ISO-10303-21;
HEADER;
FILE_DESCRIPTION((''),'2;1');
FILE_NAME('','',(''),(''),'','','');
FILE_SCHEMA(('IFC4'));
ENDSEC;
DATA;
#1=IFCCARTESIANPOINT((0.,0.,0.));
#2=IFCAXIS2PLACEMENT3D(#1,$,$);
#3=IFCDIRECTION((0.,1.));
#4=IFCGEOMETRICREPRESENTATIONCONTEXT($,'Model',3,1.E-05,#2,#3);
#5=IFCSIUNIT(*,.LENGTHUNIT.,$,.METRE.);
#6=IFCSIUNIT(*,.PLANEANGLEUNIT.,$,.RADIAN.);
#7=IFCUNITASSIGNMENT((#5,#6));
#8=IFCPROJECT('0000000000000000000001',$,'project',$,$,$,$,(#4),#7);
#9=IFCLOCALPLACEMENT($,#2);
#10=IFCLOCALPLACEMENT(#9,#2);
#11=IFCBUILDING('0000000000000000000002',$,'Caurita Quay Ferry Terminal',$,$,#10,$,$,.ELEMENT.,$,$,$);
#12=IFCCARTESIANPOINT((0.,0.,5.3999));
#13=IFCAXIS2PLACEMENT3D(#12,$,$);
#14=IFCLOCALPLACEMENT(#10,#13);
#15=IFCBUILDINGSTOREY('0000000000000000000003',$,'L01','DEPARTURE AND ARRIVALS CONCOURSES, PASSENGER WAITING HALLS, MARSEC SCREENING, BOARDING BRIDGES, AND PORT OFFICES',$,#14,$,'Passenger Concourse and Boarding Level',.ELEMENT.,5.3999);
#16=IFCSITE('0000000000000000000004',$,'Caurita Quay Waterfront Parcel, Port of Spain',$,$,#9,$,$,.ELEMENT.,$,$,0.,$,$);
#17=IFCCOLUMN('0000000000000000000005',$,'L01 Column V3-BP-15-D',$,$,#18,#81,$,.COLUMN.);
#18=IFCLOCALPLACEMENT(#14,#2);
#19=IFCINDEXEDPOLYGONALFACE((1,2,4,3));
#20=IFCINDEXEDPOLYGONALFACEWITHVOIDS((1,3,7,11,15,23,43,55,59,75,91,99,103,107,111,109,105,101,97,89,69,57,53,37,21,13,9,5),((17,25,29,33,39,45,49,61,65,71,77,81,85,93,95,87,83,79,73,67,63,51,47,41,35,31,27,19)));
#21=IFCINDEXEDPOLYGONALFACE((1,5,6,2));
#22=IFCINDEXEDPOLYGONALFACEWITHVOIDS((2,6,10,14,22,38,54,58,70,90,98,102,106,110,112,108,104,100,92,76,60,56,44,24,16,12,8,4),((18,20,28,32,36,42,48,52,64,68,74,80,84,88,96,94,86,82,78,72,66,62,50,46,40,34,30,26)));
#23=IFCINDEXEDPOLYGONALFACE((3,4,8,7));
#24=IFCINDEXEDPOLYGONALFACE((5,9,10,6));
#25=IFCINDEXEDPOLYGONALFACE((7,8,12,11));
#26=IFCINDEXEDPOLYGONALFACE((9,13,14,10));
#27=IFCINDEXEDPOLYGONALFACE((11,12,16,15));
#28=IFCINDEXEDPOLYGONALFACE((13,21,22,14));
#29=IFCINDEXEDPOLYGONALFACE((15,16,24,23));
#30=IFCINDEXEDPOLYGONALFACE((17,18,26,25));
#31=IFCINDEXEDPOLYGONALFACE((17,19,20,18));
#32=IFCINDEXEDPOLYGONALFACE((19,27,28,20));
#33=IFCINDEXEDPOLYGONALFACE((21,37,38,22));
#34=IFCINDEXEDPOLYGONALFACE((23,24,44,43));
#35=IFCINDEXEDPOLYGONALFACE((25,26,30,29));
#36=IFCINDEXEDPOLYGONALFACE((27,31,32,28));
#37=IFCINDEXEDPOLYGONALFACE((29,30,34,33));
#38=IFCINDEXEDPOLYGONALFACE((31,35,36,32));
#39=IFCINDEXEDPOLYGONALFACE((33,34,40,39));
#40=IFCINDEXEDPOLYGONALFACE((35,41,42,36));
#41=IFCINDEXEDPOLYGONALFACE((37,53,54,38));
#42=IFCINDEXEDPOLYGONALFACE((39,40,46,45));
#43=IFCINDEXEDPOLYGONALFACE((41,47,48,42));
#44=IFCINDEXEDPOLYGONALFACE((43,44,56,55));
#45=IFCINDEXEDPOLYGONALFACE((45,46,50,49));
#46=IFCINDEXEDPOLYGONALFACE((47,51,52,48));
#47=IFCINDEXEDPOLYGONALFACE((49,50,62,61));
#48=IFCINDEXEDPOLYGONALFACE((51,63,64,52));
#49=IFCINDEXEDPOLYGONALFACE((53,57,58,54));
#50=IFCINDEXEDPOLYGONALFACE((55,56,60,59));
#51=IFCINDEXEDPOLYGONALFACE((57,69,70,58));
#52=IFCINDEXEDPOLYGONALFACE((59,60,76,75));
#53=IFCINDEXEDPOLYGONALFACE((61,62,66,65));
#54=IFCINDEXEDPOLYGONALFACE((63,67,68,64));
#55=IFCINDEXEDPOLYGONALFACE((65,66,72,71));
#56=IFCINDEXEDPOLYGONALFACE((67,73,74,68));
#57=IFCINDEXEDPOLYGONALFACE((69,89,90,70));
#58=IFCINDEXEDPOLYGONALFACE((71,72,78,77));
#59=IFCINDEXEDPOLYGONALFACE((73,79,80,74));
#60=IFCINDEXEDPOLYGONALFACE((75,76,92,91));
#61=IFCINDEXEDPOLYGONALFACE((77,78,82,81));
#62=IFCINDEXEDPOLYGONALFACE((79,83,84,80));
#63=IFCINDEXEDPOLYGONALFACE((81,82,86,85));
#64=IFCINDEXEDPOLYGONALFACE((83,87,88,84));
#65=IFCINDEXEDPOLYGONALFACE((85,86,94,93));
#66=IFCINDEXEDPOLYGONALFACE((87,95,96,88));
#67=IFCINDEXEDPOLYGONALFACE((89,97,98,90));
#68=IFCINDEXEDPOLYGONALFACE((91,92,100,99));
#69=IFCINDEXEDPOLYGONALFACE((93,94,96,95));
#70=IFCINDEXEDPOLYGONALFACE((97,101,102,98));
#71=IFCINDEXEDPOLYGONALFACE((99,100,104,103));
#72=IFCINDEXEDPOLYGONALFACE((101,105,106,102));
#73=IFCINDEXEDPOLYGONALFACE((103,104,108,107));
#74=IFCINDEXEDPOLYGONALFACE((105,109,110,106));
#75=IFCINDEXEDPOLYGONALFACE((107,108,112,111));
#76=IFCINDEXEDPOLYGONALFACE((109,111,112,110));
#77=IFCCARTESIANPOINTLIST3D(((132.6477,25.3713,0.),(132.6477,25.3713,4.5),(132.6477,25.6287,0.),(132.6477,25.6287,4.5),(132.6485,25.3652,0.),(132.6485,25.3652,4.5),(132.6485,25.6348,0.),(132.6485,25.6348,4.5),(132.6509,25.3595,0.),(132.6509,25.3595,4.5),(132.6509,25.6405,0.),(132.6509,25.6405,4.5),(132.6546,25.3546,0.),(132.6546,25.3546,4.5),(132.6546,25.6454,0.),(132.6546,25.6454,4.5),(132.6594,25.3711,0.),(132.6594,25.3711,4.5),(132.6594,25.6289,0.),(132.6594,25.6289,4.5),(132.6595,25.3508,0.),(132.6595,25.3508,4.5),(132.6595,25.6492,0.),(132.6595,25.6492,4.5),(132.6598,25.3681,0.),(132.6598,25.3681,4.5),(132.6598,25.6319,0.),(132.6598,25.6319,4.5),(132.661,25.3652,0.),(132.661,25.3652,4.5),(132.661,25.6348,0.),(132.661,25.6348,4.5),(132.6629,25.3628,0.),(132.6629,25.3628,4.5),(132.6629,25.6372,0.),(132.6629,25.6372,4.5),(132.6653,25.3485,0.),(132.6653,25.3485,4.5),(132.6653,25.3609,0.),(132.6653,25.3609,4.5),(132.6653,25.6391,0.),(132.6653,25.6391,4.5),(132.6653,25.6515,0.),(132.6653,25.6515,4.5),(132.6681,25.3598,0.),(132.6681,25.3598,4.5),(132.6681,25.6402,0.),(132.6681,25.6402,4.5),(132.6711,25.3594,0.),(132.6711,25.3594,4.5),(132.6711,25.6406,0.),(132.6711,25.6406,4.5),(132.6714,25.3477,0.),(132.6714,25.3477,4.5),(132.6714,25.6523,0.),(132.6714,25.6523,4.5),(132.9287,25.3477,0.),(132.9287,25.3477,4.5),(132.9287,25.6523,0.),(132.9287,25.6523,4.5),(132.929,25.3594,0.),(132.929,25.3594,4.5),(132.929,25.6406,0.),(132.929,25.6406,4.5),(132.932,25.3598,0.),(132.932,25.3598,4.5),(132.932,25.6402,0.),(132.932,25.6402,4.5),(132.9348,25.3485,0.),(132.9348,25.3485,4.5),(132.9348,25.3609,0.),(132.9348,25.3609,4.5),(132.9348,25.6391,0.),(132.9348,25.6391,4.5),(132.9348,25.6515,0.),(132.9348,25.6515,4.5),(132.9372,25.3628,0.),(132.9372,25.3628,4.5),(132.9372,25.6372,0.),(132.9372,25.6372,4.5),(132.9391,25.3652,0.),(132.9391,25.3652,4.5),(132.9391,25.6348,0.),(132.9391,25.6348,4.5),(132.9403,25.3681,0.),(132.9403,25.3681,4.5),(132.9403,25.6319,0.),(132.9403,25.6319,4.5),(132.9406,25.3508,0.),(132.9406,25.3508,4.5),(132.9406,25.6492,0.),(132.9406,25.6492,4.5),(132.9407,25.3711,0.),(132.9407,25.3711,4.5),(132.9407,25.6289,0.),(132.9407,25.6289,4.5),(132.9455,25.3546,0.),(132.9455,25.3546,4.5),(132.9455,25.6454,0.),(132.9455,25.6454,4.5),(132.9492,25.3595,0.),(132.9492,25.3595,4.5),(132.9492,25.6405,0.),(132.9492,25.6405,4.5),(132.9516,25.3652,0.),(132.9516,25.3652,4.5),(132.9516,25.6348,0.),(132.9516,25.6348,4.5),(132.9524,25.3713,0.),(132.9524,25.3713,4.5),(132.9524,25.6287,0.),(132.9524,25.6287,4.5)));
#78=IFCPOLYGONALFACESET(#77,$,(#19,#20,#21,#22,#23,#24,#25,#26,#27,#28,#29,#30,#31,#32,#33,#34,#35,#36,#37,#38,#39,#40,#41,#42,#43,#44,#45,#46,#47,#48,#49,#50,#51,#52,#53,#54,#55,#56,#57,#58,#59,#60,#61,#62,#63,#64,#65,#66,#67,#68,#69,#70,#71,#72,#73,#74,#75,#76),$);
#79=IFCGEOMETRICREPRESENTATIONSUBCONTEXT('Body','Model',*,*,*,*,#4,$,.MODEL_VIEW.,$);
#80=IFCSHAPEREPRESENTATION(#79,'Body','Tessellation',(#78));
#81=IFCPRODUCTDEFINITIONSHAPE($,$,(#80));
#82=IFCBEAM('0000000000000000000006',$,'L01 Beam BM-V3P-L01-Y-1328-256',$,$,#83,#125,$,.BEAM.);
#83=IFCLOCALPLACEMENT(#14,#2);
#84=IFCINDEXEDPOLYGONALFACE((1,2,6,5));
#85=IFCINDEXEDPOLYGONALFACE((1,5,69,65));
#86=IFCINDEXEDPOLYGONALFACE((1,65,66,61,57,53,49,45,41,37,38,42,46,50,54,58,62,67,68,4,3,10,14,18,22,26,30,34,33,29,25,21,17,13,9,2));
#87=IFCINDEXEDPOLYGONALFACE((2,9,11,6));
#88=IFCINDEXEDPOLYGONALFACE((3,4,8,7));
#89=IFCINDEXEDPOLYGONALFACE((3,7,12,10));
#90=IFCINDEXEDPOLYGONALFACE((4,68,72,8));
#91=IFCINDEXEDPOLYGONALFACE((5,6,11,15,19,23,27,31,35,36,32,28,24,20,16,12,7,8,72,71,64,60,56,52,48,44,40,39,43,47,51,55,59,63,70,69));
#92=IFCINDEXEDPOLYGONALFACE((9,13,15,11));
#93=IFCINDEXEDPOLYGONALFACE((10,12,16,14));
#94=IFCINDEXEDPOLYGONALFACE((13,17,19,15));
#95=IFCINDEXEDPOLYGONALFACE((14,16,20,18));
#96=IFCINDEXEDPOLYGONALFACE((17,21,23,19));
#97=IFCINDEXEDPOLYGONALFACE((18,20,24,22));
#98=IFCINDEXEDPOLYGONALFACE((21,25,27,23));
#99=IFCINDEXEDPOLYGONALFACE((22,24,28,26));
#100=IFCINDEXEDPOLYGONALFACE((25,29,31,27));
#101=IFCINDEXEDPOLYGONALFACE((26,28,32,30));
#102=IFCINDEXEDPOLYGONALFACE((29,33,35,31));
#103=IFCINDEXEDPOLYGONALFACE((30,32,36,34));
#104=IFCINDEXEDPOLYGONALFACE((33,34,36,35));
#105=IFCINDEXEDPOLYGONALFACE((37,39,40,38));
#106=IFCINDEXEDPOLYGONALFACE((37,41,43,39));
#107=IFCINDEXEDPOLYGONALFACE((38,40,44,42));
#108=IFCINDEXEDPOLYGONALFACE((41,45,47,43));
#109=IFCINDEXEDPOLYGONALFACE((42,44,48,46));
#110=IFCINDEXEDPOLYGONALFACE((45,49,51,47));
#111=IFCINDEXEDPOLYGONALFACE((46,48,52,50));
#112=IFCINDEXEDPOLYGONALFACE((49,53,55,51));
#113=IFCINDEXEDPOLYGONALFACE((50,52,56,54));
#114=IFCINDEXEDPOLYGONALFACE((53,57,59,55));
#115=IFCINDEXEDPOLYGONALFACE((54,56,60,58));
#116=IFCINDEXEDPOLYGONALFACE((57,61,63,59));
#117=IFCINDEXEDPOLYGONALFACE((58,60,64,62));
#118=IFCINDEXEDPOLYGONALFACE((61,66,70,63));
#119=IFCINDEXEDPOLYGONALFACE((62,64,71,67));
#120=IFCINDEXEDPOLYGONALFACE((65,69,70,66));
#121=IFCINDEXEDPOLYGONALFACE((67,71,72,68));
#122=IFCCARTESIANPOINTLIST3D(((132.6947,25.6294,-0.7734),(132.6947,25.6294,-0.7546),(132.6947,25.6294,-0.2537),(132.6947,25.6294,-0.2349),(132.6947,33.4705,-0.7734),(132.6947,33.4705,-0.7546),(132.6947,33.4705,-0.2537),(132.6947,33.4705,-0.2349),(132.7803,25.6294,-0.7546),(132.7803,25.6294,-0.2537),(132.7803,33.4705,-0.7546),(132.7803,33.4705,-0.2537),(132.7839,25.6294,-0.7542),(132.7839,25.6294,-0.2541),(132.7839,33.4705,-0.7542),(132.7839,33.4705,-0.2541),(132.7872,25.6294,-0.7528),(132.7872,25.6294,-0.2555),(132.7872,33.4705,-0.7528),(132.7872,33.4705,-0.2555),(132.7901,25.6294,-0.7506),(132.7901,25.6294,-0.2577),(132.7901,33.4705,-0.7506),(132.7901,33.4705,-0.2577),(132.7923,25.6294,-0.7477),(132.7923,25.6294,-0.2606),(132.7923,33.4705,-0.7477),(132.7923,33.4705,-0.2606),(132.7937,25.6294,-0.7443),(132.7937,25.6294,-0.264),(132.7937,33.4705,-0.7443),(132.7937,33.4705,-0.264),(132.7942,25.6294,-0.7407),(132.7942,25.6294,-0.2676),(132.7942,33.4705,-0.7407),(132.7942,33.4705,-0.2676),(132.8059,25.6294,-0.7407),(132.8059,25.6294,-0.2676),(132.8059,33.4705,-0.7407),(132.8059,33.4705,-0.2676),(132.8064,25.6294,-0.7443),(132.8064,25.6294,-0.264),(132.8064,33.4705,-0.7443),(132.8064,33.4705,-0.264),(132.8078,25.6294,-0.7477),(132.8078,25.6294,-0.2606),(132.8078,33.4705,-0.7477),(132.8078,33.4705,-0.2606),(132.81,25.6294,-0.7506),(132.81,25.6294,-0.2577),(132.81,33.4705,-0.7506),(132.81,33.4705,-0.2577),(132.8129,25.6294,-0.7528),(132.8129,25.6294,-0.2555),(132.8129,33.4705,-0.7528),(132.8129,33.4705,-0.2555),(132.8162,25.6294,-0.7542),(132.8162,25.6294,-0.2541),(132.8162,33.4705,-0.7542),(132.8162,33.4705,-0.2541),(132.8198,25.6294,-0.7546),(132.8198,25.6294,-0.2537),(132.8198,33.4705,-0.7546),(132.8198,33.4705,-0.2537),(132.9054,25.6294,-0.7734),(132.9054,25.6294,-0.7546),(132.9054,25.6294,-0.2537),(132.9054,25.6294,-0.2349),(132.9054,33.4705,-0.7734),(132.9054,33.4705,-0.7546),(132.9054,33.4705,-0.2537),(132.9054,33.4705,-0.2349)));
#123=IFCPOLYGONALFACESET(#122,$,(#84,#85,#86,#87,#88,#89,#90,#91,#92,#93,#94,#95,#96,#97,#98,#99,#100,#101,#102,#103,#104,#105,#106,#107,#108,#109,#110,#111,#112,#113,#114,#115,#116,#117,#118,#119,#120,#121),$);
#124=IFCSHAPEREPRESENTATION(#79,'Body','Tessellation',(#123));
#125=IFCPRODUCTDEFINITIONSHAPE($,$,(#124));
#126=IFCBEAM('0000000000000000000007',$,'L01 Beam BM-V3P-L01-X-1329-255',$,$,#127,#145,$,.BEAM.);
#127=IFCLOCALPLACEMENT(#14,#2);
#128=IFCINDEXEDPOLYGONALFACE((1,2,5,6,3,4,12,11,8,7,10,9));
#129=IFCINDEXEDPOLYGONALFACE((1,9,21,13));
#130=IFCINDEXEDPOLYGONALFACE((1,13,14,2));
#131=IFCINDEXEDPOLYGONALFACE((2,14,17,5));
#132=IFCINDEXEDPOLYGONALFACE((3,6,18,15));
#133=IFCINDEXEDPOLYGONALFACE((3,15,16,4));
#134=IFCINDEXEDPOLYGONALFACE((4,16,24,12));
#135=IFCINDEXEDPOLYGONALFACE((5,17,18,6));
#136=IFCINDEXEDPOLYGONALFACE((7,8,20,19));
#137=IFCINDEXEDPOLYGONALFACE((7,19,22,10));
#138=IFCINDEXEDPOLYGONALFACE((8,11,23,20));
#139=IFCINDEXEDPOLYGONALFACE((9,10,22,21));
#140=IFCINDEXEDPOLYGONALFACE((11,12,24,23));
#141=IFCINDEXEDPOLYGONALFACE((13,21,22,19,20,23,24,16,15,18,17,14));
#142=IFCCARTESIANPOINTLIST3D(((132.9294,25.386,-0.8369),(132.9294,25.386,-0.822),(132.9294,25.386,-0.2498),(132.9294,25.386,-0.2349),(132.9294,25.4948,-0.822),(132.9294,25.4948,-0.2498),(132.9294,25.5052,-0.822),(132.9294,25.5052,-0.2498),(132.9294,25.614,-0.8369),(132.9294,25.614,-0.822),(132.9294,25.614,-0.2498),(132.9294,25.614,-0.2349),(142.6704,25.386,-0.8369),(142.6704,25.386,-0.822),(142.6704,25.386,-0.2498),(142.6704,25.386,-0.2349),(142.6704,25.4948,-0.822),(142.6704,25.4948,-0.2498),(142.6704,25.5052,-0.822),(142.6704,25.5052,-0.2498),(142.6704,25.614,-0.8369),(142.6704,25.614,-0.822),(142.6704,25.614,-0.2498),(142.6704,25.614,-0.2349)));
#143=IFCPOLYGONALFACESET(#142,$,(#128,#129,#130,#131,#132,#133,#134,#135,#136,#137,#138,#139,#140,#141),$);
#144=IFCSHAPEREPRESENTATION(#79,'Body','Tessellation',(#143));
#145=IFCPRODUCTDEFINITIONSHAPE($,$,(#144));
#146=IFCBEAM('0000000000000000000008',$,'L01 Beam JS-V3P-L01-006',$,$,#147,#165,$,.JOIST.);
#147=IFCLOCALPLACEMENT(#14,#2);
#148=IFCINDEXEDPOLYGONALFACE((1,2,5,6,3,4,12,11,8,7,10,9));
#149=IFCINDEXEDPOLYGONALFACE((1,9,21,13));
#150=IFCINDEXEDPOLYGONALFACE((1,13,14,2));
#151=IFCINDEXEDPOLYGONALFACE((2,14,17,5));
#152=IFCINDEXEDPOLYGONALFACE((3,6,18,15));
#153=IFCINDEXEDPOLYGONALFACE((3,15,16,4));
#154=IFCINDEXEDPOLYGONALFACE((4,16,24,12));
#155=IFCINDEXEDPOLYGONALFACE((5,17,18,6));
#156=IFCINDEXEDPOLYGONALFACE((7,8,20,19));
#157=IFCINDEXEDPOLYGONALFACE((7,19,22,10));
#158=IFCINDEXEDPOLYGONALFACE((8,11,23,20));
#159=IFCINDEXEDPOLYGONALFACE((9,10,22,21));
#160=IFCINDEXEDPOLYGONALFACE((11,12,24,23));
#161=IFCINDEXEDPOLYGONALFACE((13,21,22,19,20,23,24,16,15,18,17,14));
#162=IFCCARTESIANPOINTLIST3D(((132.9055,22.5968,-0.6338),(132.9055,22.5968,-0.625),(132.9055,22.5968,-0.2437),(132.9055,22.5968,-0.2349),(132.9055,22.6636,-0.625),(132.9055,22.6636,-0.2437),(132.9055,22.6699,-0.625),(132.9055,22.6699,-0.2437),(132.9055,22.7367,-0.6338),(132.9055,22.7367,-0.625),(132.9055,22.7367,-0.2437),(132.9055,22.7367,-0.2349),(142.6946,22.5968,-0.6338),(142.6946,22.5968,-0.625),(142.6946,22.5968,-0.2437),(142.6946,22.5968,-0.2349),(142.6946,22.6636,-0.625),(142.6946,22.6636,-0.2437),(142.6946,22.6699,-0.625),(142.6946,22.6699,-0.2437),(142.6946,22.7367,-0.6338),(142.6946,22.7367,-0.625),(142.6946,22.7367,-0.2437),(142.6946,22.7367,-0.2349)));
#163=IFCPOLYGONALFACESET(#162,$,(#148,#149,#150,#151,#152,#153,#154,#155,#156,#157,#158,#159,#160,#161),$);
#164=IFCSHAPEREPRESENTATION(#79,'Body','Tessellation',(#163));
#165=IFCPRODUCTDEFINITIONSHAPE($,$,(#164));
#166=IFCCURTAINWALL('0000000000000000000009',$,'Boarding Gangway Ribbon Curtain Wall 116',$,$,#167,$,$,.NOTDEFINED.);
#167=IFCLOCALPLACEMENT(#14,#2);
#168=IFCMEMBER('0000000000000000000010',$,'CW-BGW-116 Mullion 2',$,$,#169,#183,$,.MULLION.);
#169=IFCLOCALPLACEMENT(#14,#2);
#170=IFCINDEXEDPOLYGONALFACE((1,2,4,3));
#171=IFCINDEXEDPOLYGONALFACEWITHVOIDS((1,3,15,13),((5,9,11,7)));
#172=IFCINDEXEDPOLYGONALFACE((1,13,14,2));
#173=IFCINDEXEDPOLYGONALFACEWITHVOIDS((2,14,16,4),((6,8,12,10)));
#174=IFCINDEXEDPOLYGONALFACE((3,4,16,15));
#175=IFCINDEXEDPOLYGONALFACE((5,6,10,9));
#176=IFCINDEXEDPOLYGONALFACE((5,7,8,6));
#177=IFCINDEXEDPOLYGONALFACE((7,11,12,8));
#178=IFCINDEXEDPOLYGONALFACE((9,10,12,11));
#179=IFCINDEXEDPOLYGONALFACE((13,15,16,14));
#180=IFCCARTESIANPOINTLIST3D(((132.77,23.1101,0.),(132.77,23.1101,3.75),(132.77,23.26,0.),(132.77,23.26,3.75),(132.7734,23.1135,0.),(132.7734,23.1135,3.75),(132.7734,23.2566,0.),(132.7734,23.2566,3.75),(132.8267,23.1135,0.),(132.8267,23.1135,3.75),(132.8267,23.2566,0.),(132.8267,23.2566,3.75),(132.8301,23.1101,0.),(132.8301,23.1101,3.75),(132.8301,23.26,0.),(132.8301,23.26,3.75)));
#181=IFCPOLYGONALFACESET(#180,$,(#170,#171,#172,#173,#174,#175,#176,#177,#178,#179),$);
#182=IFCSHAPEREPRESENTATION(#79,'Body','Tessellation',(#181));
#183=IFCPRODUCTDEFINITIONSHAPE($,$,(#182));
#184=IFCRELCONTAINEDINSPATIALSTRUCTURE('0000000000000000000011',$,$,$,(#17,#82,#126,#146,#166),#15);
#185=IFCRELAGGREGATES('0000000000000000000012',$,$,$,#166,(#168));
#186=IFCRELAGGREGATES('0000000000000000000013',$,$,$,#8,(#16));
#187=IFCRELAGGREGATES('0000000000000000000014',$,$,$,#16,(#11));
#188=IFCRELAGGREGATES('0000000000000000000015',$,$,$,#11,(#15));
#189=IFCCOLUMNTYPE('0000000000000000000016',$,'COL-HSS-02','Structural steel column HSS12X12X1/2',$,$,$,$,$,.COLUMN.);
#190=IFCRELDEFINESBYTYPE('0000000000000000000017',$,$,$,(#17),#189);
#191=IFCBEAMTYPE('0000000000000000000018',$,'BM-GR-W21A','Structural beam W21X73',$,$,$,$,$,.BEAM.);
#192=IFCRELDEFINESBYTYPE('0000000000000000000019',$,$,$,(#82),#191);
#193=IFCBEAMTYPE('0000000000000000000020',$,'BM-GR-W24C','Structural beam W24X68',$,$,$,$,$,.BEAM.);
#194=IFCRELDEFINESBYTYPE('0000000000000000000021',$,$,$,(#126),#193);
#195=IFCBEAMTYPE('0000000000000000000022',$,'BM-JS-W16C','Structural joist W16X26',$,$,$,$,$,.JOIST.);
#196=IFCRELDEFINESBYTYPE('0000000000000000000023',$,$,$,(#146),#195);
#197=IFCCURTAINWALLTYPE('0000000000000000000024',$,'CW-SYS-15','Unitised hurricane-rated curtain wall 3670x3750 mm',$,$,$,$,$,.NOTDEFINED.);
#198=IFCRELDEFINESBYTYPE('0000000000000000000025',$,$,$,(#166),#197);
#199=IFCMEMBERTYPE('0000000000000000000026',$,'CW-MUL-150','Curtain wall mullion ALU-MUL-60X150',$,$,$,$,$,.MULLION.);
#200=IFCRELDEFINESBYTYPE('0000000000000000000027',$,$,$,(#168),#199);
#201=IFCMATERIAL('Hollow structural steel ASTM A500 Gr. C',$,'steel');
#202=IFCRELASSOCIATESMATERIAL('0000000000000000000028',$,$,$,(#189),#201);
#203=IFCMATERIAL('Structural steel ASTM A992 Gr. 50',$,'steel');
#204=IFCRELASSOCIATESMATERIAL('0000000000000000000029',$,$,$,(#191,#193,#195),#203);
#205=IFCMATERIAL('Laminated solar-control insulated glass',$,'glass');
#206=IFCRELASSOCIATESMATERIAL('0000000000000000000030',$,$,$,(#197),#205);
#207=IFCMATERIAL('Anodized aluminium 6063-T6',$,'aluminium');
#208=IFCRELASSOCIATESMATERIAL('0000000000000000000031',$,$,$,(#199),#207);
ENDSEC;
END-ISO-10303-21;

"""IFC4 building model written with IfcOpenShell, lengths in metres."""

from ifc_helpers import new_model, si_unit, direction, frame, origin, origin_2d, place, context, subcontext, project, spatial, hollow_rectangle, i_section, extrude, material, material_profile, profile_set, type_object, element, aggregate, save


model = new_model("IFC4")

# Units and contexts
model_context = context("Model", 3, precision=1e-05, world=origin(), true_north=direction((0.0, 1.0)))
body_context = subcontext(model_context, "Body", "Model", "MODEL_VIEW")
ifc_project = project(units=[si_unit("LENGTHUNIT", "METRE"), si_unit("PLANEANGLEUNIT", "RADIAN")], contexts=[model_context])

# Site, building, storey
site_placement = place(None, origin())
site = spatial("IfcSite", under=ifc_project, at=site_placement, Name="Caurita Quay Waterfront Parcel, Port of Spain", CompositionType="ELEMENT", RefElevation=0.0)
building_placement = place(site_placement, origin())
building = spatial("IfcBuilding", under=site, at=building_placement, Name="Caurita Quay Ferry Terminal", CompositionType="ELEMENT")
storey_placement = place(building_placement, frame((0.0, 0.0, 5.3999)))
storey = spatial("IfcBuildingStorey", under=building, at=storey_placement, Name="L01", Description="DEPARTURE AND ARRIVALS CONCOURSES, PASSENGER WAITING HALLS, MARSEC SCREENING, BOARDING BRIDGES, AND PORT OFFICES", LongName="Passenger Concourse and Boarding Level", CompositionType="ELEMENT", Elevation=5.3999)

# Column
ifc_material_1 = material(Name="Hollow structural steel ASTM A500 Gr. C", Category="steel")
ifc_material_profile_1 = material_profile(ifc_material_1, hollow_rectangle(XDim=0.3047, YDim=0.3047, WallThickness=0.0117, InnerFilletRadius=0.0117, OuterFilletRadius=0.0237, at=origin_2d()), Name="HSS12X12X1/2")
ifc_profile_set_1 = profile_set([ifc_material_profile_1], Name="Hollow structural steel ASTM A500 Gr. C")
column_type = type_object("IfcColumnType", Name="COL-HSS-02", Description="Structural steel column HSS12X12X1/2", PredefinedType="COLUMN", material=ifc_profile_set_1)
column_placement = place(storey_placement, frame((132.8, 25.5, 0.0), z_axis=(0.0, 0.0, 1.0), x_axis=(1.0, 0.0, 0.0)))
element("IfcColumn", 1, at=column_placement, inside=storey, type_object=column_type, Name="L01 Column V3-BP-15-D", PredefinedType="COLUMN", context=body_context, shape_type="SweptSolid", body=[
    extrude(hollow_rectangle(XDim=0.3047, YDim=0.3047, WallThickness=0.0117, InnerFilletRadius=0.0117, OuterFilletRadius=0.0237, at=origin_2d()), origin(), (0.0, 0.0, 1.0), 4.5),
])

# Beams
ifc_material_2 = material(Name="Structural steel ASTM A992 Gr. 50", Category="steel")
ifc_material_profile_2 = material_profile(ifc_material_2, i_section(OverallWidth=0.2107, OverallDepth=0.5386, WebThickness=0.0117, FlangeThickness=0.0188, FilletRadius=0.0139, at=origin_2d()), Name="W21X73")
ifc_profile_set_2 = profile_set([ifc_material_profile_2], Name="Structural steel ASTM A992 Gr. 50")
beam_type_1 = type_object("IfcBeamType", Name="BM-GR-W21A", Description="Structural beam W21X73", PredefinedType="BEAM", material=ifc_profile_set_2)
beam_1_placement = place(storey_placement, frame((132.8, 25.6294, -0.5042), z_axis=(0.0, 1.0, 0.0), x_axis=(-1.0, 0.0, 0.0)))
element("IfcBeam", 2, at=beam_1_placement, inside=storey, type_object=beam_type_1, Name="L01 Beam BM-V3P-L01-Y-1328-256", PredefinedType="BEAM", context=body_context, shape_type="SweptSolid", body=[
    extrude(i_section(OverallWidth=0.2107, OverallDepth=0.5386, WebThickness=0.0117, FlangeThickness=0.0188, FilletRadius=0.0139, at=origin_2d()), origin(), (0.0, 0.0, 1.0), 7.8411),
])
ifc_material_profile_3 = material_profile(ifc_material_2, i_section(OverallWidth=0.228, OverallDepth=0.6021, WebThickness=0.0105, FlangeThickness=0.0149, at=origin_2d()), Name="W24X68")
ifc_profile_set_3 = profile_set([ifc_material_profile_3], Name="Structural steel ASTM A992 Gr. 50")
beam_type_2 = type_object("IfcBeamType", Name="BM-GR-W24C", Description="Structural beam W24X68", PredefinedType="BEAM", material=ifc_profile_set_3)
beam_2_placement = place(storey_placement, frame((132.9294, 25.5, -0.5359), z_axis=(1.0, 0.0, 0.0), x_axis=(0.0, 1.0, 0.0)))
element("IfcBeam", 3, at=beam_2_placement, inside=storey, type_object=beam_type_2, Name="L01 Beam BM-V3P-L01-X-1329-255", PredefinedType="BEAM", context=body_context, shape_type="SweptSolid", body=[
    extrude(i_section(OverallWidth=0.228, OverallDepth=0.6021, WebThickness=0.0105, FlangeThickness=0.0149, at=origin_2d()), origin(), (0.0, 0.0, 1.0), 9.741),
])
ifc_material_profile_4 = material_profile(ifc_material_2, i_section(OverallWidth=0.1399, OverallDepth=0.3989, WebThickness=0.0063, FlangeThickness=0.0088, at=origin_2d()), Name="W16X26")
ifc_profile_set_4 = profile_set([ifc_material_profile_4], Name="Structural steel ASTM A992 Gr. 50")
beam_type_3 = type_object("IfcBeamType", Name="BM-JS-W16C", Description="Structural joist W16X26", PredefinedType="JOIST", material=ifc_profile_set_4)
beam_3_placement = place(storey_placement, frame((132.9055, 22.6667, -0.4343), z_axis=(1.0, 0.0, 0.0), x_axis=(0.0, 1.0, 0.0)))
element("IfcBeam", 4, at=beam_3_placement, inside=storey, type_object=beam_type_3, Name="L01 Beam JS-V3P-L01-006", PredefinedType="JOIST", context=body_context, shape_type="SweptSolid", body=[
    extrude(i_section(OverallWidth=0.1399, OverallDepth=0.3989, WebThickness=0.0063, FlangeThickness=0.0088, at=origin_2d()), origin(), (0.0, 0.0, 1.0), 9.7891),
])

# Curtain wall, member
ifc_material_3 = material(Name="Laminated solar-control insulated glass", Category="glass")
curtain_wall_type_1 = type_object("IfcCurtainWallType", Name="CW-SYS-15", Description="Unitised hurricane-rated curtain wall 3670x3750 mm", PredefinedType="NOTDEFINED", material=ifc_material_3)
curtain_wall_1_placement = place(storey_placement, origin())
curtain_wall_1 = element("IfcCurtainWall", 5, at=curtain_wall_1_placement, inside=storey, type_object=curtain_wall_type_1, Name="Boarding Gangway Ribbon Curtain Wall 116", PredefinedType="NOTDEFINED")
ifc_material_4 = material(Name="Anodized aluminium 6063-T6", Category="aluminium")
ifc_material_profile_5 = material_profile(ifc_material_4, hollow_rectangle(XDim=0.0601, YDim=0.1499, WallThickness=0.0034, at=origin_2d()), Name="ALU-MUL-60X150")
ifc_profile_set_5 = profile_set([ifc_material_profile_5], Name="Anodized aluminium 6063-T6")
member_type_1 = type_object("IfcMemberType", Name="CW-MUL-150", Description="Curtain wall mullion ALU-MUL-60X150", PredefinedType="MULLION", material=ifc_profile_set_5)
member_1_placement = place(storey_placement, frame((132.8, 23.1851, 0.0), z_axis=(0.0, 0.0, 1.0), x_axis=(-1.0, 0.0, 0.0)))
member_1 = element("IfcMember", 6, at=member_1_placement, type_object=member_type_1, Name="CW-BGW-116 Mullion 2", PredefinedType="MULLION", context=body_context, shape_type="SweptSolid", body=[
    extrude(hollow_rectangle(XDim=0.0601, YDim=0.1499, WallThickness=0.0034, at=origin_2d()), origin(), (0.0, 0.0, 1.0), 3.75),
])

aggregate(curtain_wall_1, [member_1])

save(model, "model.ifc")
